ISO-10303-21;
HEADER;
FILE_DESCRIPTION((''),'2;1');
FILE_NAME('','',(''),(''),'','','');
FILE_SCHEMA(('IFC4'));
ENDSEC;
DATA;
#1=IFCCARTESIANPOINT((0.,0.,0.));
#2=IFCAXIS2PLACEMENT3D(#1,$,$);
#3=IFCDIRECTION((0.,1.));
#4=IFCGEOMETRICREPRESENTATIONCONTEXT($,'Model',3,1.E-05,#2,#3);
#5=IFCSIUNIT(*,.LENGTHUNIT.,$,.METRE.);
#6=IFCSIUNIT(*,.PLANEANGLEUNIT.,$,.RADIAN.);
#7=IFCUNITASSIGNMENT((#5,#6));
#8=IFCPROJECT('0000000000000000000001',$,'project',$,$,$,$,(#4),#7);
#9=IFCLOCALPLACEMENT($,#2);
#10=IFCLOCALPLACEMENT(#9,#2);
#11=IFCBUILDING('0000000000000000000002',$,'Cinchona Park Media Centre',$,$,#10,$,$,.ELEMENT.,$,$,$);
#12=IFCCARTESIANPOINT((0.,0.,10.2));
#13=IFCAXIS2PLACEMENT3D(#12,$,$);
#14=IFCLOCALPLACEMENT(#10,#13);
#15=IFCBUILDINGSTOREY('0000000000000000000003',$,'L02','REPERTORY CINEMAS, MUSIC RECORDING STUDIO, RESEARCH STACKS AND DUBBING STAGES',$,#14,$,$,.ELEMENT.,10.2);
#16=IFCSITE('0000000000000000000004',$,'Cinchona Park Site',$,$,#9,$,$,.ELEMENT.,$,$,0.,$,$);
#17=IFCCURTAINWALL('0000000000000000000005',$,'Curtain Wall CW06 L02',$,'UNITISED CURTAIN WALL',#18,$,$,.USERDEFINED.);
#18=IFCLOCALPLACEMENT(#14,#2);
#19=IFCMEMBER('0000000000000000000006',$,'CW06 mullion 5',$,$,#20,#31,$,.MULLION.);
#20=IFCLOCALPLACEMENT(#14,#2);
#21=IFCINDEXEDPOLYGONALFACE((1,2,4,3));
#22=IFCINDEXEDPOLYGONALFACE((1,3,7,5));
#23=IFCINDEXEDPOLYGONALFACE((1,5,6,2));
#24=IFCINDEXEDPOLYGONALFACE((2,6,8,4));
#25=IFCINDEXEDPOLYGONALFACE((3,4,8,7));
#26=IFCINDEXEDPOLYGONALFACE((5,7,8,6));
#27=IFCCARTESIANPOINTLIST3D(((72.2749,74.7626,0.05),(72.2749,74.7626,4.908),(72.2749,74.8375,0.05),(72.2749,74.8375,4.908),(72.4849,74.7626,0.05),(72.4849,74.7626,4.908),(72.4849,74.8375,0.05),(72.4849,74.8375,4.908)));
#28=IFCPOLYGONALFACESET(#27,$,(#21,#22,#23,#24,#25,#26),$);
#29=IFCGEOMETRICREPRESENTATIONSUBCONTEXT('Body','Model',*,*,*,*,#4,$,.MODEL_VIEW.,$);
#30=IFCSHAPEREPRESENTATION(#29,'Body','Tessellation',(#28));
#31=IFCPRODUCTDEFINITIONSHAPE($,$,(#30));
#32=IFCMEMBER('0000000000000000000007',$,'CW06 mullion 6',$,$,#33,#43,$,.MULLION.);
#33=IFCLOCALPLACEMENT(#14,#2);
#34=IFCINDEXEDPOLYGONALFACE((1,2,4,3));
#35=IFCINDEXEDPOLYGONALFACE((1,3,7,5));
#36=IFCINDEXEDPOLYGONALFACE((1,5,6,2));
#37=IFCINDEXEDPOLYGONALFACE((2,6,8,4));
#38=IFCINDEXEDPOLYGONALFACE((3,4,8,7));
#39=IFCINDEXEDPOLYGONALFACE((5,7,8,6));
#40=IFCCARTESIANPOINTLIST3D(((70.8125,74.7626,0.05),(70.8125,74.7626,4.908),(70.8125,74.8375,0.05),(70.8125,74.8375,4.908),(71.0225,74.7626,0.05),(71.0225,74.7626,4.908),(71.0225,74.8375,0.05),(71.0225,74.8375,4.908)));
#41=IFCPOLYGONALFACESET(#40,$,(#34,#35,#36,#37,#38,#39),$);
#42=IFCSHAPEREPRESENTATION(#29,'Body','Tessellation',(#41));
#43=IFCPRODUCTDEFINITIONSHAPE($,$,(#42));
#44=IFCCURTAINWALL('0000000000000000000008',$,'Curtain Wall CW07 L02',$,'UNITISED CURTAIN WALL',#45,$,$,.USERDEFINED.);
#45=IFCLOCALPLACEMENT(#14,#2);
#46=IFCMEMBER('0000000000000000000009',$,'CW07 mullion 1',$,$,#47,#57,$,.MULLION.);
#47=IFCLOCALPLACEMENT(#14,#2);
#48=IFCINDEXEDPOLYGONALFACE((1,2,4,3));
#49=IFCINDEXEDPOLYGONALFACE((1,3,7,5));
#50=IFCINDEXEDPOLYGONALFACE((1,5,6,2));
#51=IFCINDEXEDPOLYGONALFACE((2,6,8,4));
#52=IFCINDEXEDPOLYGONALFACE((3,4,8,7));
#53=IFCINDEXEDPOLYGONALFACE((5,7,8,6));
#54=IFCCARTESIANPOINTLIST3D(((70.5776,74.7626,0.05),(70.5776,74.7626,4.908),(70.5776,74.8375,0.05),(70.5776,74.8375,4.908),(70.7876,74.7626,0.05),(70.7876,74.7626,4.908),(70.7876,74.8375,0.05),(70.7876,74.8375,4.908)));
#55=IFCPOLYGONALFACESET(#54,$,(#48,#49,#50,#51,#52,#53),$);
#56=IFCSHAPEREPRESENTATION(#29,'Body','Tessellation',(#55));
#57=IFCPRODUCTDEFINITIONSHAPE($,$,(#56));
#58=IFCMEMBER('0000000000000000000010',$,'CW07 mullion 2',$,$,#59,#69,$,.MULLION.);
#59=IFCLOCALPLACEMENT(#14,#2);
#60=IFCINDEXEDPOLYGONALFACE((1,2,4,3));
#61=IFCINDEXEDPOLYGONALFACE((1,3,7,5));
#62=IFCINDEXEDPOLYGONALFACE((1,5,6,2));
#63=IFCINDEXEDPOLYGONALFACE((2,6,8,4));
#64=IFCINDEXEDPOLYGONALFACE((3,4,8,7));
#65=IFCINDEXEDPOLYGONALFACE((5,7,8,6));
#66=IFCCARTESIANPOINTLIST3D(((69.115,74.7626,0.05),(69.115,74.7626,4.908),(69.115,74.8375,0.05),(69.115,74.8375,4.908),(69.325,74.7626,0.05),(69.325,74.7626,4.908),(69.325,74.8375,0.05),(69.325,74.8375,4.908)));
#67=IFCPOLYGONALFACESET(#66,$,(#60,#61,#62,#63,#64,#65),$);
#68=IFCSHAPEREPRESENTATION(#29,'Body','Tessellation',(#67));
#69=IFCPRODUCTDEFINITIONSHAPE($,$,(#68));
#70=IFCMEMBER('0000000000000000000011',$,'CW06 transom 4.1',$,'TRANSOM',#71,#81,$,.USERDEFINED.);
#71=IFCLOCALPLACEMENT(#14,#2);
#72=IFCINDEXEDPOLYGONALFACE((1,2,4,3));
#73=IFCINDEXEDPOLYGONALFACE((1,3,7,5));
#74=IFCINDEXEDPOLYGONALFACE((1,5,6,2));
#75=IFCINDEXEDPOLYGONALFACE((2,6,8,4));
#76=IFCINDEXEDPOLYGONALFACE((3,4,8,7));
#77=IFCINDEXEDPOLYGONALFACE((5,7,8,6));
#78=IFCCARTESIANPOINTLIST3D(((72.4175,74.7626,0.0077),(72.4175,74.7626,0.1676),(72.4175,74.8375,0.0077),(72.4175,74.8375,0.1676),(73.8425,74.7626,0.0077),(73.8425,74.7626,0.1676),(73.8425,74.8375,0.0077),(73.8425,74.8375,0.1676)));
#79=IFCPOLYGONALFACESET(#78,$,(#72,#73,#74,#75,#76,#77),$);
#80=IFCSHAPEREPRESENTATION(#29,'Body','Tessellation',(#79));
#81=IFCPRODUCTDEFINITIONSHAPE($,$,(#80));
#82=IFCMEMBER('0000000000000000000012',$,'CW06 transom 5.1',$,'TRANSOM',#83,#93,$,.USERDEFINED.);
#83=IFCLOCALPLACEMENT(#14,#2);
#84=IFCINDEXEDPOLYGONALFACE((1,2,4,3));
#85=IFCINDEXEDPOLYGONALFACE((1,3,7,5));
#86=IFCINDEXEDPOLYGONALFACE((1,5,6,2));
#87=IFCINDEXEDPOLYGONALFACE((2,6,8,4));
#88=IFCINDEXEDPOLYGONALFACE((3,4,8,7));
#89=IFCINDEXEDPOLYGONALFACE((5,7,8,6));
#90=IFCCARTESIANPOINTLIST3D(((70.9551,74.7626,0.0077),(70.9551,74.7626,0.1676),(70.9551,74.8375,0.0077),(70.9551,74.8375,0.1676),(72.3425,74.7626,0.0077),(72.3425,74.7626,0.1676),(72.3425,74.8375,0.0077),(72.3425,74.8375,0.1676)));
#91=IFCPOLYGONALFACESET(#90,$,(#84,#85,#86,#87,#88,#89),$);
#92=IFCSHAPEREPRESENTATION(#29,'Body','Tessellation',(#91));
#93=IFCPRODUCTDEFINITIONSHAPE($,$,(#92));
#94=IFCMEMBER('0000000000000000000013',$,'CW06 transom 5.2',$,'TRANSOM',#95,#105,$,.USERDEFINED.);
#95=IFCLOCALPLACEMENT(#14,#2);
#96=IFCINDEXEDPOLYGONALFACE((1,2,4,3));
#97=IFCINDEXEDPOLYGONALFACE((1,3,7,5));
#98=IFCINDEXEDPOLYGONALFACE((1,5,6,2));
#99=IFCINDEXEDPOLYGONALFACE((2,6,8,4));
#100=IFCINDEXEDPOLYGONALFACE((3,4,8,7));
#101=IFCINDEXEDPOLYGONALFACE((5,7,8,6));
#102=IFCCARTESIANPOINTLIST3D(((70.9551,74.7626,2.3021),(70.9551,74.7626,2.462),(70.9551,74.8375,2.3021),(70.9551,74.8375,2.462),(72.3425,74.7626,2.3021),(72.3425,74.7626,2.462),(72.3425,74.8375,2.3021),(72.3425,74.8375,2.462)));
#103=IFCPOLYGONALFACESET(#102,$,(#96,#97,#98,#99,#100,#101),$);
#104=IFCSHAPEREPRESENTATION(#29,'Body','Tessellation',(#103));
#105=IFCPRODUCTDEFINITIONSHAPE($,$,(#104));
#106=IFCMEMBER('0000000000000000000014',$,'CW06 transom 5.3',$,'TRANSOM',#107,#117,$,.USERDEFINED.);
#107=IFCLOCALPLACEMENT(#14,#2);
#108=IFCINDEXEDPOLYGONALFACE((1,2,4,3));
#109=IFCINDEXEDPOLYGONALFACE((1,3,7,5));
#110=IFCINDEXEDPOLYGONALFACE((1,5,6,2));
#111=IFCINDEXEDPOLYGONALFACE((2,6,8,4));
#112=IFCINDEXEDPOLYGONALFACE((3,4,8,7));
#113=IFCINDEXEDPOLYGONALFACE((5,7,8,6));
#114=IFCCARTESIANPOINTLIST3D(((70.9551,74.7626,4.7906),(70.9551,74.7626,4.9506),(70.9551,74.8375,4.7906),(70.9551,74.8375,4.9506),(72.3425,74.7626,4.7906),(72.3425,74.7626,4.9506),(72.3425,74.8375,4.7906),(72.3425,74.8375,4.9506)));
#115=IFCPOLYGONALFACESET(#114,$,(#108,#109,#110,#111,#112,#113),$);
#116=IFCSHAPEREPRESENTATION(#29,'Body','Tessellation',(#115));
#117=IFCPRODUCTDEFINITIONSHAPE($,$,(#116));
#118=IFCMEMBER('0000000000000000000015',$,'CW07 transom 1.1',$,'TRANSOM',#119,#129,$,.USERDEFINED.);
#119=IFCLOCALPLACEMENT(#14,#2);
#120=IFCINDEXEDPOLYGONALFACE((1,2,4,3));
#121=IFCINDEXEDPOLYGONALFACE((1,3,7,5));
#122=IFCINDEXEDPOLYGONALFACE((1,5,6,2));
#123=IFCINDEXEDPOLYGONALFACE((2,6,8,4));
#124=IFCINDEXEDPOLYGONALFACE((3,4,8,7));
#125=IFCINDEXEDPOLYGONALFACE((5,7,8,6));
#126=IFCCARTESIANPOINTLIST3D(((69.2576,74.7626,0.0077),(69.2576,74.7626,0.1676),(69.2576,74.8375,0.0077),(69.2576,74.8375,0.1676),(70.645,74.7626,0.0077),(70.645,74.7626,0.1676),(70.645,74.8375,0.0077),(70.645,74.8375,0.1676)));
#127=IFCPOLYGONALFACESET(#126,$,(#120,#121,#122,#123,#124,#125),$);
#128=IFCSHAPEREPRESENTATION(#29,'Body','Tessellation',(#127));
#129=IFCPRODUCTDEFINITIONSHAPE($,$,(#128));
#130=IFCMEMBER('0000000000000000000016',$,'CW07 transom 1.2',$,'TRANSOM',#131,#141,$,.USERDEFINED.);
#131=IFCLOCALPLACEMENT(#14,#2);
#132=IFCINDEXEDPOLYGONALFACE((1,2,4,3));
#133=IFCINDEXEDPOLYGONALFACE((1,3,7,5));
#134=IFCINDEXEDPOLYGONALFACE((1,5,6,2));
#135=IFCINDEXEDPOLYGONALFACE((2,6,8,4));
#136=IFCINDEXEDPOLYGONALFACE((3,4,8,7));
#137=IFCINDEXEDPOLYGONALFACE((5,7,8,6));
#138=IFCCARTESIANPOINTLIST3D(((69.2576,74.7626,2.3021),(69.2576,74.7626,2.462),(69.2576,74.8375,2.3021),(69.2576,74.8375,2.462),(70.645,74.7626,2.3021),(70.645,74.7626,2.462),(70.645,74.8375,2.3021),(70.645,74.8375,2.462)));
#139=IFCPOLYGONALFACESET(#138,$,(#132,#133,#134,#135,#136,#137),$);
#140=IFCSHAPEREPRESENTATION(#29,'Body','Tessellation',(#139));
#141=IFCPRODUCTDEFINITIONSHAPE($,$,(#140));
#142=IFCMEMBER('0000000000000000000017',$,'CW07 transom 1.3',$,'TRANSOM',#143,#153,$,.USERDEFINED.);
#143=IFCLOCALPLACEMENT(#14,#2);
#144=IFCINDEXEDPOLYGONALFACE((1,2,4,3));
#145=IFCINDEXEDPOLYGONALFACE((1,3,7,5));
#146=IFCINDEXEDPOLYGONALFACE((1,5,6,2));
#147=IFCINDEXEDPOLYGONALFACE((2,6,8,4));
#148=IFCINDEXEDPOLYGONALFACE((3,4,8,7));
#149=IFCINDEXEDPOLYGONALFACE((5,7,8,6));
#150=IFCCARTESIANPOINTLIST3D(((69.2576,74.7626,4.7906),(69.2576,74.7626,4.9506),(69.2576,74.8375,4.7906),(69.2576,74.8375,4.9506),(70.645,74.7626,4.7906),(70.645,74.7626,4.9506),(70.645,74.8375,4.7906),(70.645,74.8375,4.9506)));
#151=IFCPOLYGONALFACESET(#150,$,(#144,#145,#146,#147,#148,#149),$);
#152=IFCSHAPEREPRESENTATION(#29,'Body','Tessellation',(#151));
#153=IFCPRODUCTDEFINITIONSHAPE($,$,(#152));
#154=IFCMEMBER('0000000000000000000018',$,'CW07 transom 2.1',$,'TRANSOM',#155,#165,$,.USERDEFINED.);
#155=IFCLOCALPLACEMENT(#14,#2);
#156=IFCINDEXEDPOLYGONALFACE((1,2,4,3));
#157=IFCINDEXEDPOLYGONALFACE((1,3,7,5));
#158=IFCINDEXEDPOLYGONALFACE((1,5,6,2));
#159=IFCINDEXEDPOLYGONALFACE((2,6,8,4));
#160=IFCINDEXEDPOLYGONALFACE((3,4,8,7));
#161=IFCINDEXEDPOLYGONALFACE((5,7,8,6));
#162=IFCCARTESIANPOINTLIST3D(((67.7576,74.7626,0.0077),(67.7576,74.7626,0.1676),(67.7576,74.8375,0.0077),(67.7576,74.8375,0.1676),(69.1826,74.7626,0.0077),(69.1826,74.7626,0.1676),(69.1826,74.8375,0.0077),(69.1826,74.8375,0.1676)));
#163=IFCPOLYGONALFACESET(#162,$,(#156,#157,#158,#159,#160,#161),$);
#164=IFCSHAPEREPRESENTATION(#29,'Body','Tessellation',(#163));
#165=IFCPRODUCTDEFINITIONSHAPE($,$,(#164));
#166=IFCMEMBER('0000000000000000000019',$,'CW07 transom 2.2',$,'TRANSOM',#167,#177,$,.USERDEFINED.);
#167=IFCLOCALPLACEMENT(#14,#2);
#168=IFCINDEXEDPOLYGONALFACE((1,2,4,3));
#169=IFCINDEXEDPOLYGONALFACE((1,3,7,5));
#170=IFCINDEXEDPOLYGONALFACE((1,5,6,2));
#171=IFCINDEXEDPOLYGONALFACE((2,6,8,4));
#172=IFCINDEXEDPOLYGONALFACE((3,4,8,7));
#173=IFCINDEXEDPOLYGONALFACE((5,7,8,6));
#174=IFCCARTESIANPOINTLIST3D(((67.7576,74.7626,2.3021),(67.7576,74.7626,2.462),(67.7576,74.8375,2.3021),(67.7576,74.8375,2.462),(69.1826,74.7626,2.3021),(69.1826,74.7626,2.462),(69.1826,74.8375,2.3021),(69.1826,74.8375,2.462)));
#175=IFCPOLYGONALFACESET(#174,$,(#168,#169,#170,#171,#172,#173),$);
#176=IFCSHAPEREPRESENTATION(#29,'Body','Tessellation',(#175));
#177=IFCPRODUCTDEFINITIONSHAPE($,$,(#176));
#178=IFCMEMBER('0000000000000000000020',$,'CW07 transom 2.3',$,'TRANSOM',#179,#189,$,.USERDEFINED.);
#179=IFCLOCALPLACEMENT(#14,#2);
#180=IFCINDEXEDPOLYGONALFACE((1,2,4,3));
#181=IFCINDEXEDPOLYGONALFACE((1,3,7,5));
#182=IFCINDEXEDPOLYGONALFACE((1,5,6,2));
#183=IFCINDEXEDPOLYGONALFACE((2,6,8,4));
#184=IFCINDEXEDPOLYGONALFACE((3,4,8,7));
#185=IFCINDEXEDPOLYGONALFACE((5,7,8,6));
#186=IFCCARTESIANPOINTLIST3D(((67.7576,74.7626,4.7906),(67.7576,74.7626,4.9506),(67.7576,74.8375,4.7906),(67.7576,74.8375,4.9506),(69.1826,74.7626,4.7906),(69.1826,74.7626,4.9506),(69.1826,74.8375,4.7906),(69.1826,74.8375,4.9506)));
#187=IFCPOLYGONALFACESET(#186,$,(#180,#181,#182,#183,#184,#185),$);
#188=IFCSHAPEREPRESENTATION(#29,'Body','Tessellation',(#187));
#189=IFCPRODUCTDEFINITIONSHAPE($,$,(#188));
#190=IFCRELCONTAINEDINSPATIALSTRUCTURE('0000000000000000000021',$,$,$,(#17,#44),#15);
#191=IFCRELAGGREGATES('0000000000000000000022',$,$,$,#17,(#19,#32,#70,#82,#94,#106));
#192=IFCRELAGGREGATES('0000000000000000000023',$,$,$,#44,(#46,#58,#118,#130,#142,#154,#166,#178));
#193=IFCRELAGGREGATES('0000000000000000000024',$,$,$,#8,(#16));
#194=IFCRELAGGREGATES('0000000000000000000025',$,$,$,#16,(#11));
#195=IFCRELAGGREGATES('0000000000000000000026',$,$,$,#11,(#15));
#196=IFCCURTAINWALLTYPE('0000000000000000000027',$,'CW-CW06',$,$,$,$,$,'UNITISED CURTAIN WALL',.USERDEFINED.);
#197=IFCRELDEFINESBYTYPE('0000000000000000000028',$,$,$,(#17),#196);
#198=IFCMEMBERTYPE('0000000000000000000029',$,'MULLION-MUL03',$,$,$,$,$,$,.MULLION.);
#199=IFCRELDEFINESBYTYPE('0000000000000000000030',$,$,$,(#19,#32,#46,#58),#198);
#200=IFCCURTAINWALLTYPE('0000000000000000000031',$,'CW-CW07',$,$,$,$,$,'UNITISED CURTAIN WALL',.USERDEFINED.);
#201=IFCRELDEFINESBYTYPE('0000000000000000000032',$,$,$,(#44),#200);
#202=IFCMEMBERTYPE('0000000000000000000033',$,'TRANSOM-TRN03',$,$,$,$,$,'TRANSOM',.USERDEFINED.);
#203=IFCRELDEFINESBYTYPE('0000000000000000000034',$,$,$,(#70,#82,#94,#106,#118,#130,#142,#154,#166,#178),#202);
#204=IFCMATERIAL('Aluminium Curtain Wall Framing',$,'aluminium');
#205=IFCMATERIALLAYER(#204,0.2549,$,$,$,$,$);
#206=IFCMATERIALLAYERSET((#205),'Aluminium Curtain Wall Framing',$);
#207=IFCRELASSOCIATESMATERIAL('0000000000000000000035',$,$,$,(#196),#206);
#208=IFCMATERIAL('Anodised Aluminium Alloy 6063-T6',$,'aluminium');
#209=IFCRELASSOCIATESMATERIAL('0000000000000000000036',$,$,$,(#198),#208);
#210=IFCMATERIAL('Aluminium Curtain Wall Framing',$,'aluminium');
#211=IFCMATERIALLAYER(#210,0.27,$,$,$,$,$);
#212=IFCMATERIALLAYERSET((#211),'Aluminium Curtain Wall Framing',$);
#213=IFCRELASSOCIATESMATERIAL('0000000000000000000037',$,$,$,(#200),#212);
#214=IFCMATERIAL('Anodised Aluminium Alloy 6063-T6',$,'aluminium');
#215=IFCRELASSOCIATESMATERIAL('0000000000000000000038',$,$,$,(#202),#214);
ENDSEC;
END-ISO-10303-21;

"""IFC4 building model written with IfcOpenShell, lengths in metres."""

from ifc_helpers import new_model, si_unit, direction, frame, origin, origin_2d, place, context, subcontext, project, spatial, rectangle, extrude, material, layer, layer_set, material_profile, profile_set, type_object, element, aggregate, save


model = new_model("IFC4")

# Units and contexts
model_context = context("Model", 3, precision=1e-05, world=origin(), true_north=direction((0.0, 1.0)))
body_context = subcontext(model_context, "Body", "Model", "MODEL_VIEW")
ifc_project = project(units=[si_unit("LENGTHUNIT", "METRE"), si_unit("PLANEANGLEUNIT", "RADIAN")], contexts=[model_context])

# Site, building, storey
site_placement = place(None, origin())
site = spatial("IfcSite", under=ifc_project, at=site_placement, Name="Cinchona Park Site", CompositionType="ELEMENT", RefElevation=0.0)
building_placement = place(site_placement, origin())
building = spatial("IfcBuilding", under=site, at=building_placement, Name="Cinchona Park Media Centre", CompositionType="ELEMENT")
storey_placement = place(building_placement, frame((0.0, 0.0, 10.2)))
storey = spatial("IfcBuildingStorey", under=building, at=storey_placement, Name="L02", Description="REPERTORY CINEMAS, MUSIC RECORDING STUDIO, RESEARCH STACKS AND DUBBING STAGES", CompositionType="ELEMENT", Elevation=10.2)

# Curtain walls, members
ifc_material_1 = material(Name="Aluminium Curtain Wall Framing", Category="aluminium")
ifc_layer_1 = layer(ifc_material_1, 0.2549)
ifc_layer_set_1 = layer_set([ifc_layer_1], Name="Aluminium Curtain Wall Framing")
curtain_wall_type_1 = type_object("IfcCurtainWallType", Name="CW-CW06", ElementType="UNITISED CURTAIN WALL", PredefinedType="USERDEFINED", material=ifc_layer_set_1)
curtain_wall_1_placement = place(storey_placement, origin())
curtain_wall_1 = element("IfcCurtainWall", 1, at=curtain_wall_1_placement, inside=storey, type_object=curtain_wall_type_1, Name="Curtain Wall CW06 L02", ObjectType="UNITISED CURTAIN WALL", PredefinedType="USERDEFINED")
ifc_material_2 = material(Name="Anodised Aluminium Alloy 6063-T6", Category="aluminium")
ifc_material_profile_1 = material_profile(ifc_material_2, rectangle(XDim=0.075, YDim=0.21, at=origin_2d()), Name="MUL-75X210")
ifc_profile_set_1 = profile_set([ifc_material_profile_1], Name="Anodised Aluminium Alloy 6063-T6")
member_type_1 = type_object("IfcMemberType", Name="MULLION-MUL03", PredefinedType="MULLION", material=ifc_profile_set_1)
member_1_placement = place(storey_placement, frame((72.3799, 74.8, 0.05), z_axis=(0.0, 0.0, 1.0), x_axis=(0.0, -1.0, 0.0)))
member_1 = element("IfcMember", 2, at=member_1_placement, type_object=member_type_1, Name="CW06 mullion 5", PredefinedType="MULLION", context=body_context, shape_type="SweptSolid", body=[
    extrude(rectangle(XDim=0.075, YDim=0.21, at=origin_2d()), origin(), (0.0, 0.0, 1.0), 4.8579),
])
member_2_placement = place(storey_placement, frame((70.9175, 74.8, 0.05), z_axis=(0.0, 0.0, 1.0), x_axis=(0.0, -1.0, 0.0)))
member_2 = element("IfcMember", 3, at=member_2_placement, type_object=member_type_1, Name="CW06 mullion 6", PredefinedType="MULLION", context=body_context, shape_type="SweptSolid", body=[
    extrude(rectangle(XDim=0.075, YDim=0.21, at=origin_2d()), origin(), (0.0, 0.0, 1.0), 4.8579),
])
ifc_material_3 = material(Name="Aluminium Curtain Wall Framing", Category="aluminium")
ifc_layer_2 = layer(ifc_material_3, 0.27)
ifc_layer_set_2 = layer_set([ifc_layer_2], Name="Aluminium Curtain Wall Framing")
curtain_wall_type_2 = type_object("IfcCurtainWallType", Name="CW-CW07", ElementType="UNITISED CURTAIN WALL", PredefinedType="USERDEFINED", material=ifc_layer_set_2)
curtain_wall_2_placement = place(storey_placement, origin())
curtain_wall_2 = element("IfcCurtainWall", 4, at=curtain_wall_2_placement, inside=storey, type_object=curtain_wall_type_2, Name="Curtain Wall CW07 L02", ObjectType="UNITISED CURTAIN WALL", PredefinedType="USERDEFINED")
member_3_placement = place(storey_placement, frame((70.6826, 74.8, 0.05), z_axis=(0.0, 0.0, 1.0), x_axis=(0.0, -1.0, 0.0)))
member_3 = element("IfcMember", 5, at=member_3_placement, type_object=member_type_1, Name="CW07 mullion 1", PredefinedType="MULLION", context=body_context, shape_type="SweptSolid", body=[
    extrude(rectangle(XDim=0.075, YDim=0.21, at=origin_2d()), origin(), (0.0, 0.0, 1.0), 4.8579),
])
member_4_placement = place(storey_placement, frame((69.22, 74.8, 0.05), z_axis=(0.0, 0.0, 1.0), x_axis=(0.0, -1.0, 0.0)))
member_4 = element("IfcMember", 6, at=member_4_placement, type_object=member_type_1, Name="CW07 mullion 2", PredefinedType="MULLION", context=body_context, shape_type="SweptSolid", body=[
    extrude(rectangle(XDim=0.075, YDim=0.21, at=origin_2d()), origin(), (0.0, 0.0, 1.0), 4.8579),
])

# Members
ifc_material_4 = material(Name="Anodised Aluminium Alloy 6063-T6", Category="aluminium")
ifc_material_profile_2 = material_profile(ifc_material_4, rectangle(XDim=0.075, YDim=0.1599, at=origin_2d()), Name="TRN-75X160")
ifc_profile_set_2 = profile_set([ifc_material_profile_2], Name="Anodised Aluminium Alloy 6063-T6")
member_type_2 = type_object("IfcMemberType", Name="TRANSOM-TRN03", ElementType="TRANSOM", PredefinedType="USERDEFINED", material=ifc_profile_set_2)
member_5_placement = place(storey_placement, frame((73.8425, 74.8, 0.0876), z_axis=(-1.0, 0.0, 0.0), x_axis=(0.0, -1.0, 0.0)))
member_5 = element("IfcMember", 7, at=member_5_placement, type_object=member_type_2, Name="CW06 transom 4.1", ObjectType="TRANSOM", PredefinedType="USERDEFINED", context=body_context, shape_type="SweptSolid", body=[
    extrude(rectangle(XDim=0.075, YDim=0.1599, at=origin_2d()), origin(), (0.0, 0.0, 1.0), 1.425),
])
member_6_placement = place(storey_placement, frame((72.3425, 74.8, 0.0876), z_axis=(-1.0, 0.0, 0.0), x_axis=(0.0, -1.0, 0.0)))
member_6 = element("IfcMember", 8, at=member_6_placement, type_object=member_type_2, Name="CW06 transom 5.1", ObjectType="TRANSOM", PredefinedType="USERDEFINED", context=body_context, shape_type="SweptSolid", body=[
    extrude(rectangle(XDim=0.075, YDim=0.1599, at=origin_2d()), origin(), (0.0, 0.0, 1.0), 1.3875),
])
member_7_placement = place(storey_placement, frame((72.3425, 74.8, 2.3821), z_axis=(-1.0, 0.0, 0.0), x_axis=(0.0, -1.0, 0.0)))
member_7 = element("IfcMember", 9, at=member_7_placement, type_object=member_type_2, Name="CW06 transom 5.2", ObjectType="TRANSOM", PredefinedType="USERDEFINED", context=body_context, shape_type="SweptSolid", body=[
    extrude(rectangle(XDim=0.075, YDim=0.1599, at=origin_2d()), origin(), (0.0, 0.0, 1.0), 1.3875),
])
member_8_placement = place(storey_placement, frame((72.3425, 74.8, 4.8706), z_axis=(-1.0, 0.0, 0.0), x_axis=(0.0, -1.0, 0.0)))
member_8 = element("IfcMember", 10, at=member_8_placement, type_object=member_type_2, Name="CW06 transom 5.3", ObjectType="TRANSOM", PredefinedType="USERDEFINED", context=body_context, shape_type="SweptSolid", body=[
    extrude(rectangle(XDim=0.075, YDim=0.1599, at=origin_2d()), origin(), (0.0, 0.0, 1.0), 1.3875),
])
member_9_placement = place(storey_placement, frame((70.645, 74.8, 0.0876), z_axis=(-1.0, 0.0, 0.0), x_axis=(0.0, -1.0, 0.0)))
member_9 = element("IfcMember", 11, at=member_9_placement, type_object=member_type_2, Name="CW07 transom 1.1", ObjectType="TRANSOM", PredefinedType="USERDEFINED", context=body_context, shape_type="SweptSolid", body=[
    extrude(rectangle(XDim=0.075, YDim=0.1599, at=origin_2d()), origin(), (0.0, 0.0, 1.0), 1.3875),
])
member_10_placement = place(storey_placement, frame((70.645, 74.8, 2.3821), z_axis=(-1.0, 0.0, 0.0), x_axis=(0.0, -1.0, 0.0)))
member_10 = element("IfcMember", 12, at=member_10_placement, type_object=member_type_2, Name="CW07 transom 1.2", ObjectType="TRANSOM", PredefinedType="USERDEFINED", context=body_context, shape_type="SweptSolid", body=[
    extrude(rectangle(XDim=0.075, YDim=0.1599, at=origin_2d()), origin(), (0.0, 0.0, 1.0), 1.3875),
])
member_11_placement = place(storey_placement, frame((70.645, 74.8, 4.8706), z_axis=(-1.0, 0.0, 0.0), x_axis=(0.0, -1.0, 0.0)))
member_11 = element("IfcMember", 13, at=member_11_placement, type_object=member_type_2, Name="CW07 transom 1.3", ObjectType="TRANSOM", PredefinedType="USERDEFINED", context=body_context, shape_type="SweptSolid", body=[
    extrude(rectangle(XDim=0.075, YDim=0.1599, at=origin_2d()), origin(), (0.0, 0.0, 1.0), 1.3875),
])
member_12_placement = place(storey_placement, frame((69.1826, 74.8, 0.0876), z_axis=(-1.0, 0.0, 0.0), x_axis=(0.0, -1.0, 0.0)))
member_12 = element("IfcMember", 14, at=member_12_placement, type_object=member_type_2, Name="CW07 transom 2.1", ObjectType="TRANSOM", PredefinedType="USERDEFINED", context=body_context, shape_type="SweptSolid", body=[
    extrude(rectangle(XDim=0.075, YDim=0.1599, at=origin_2d()), origin(), (0.0, 0.0, 1.0), 1.425),
])
member_13_placement = place(storey_placement, frame((69.1826, 74.8, 2.3821), z_axis=(-1.0, 0.0, 0.0), x_axis=(0.0, -1.0, 0.0)))
member_13 = element("IfcMember", 15, at=member_13_placement, type_object=member_type_2, Name="CW07 transom 2.2", ObjectType="TRANSOM", PredefinedType="USERDEFINED", context=body_context, shape_type="SweptSolid", body=[
    extrude(rectangle(XDim=0.075, YDim=0.1599, at=origin_2d()), origin(), (0.0, 0.0, 1.0), 1.425),
])
member_14_placement = place(storey_placement, frame((69.1826, 74.8, 4.8706), z_axis=(-1.0, 0.0, 0.0), x_axis=(0.0, -1.0, 0.0)))
member_14 = element("IfcMember", 16, at=member_14_placement, type_object=member_type_2, Name="CW07 transom 2.3", ObjectType="TRANSOM", PredefinedType="USERDEFINED", context=body_context, shape_type="SweptSolid", body=[
    extrude(rectangle(XDim=0.075, YDim=0.1599, at=origin_2d()), origin(), (0.0, 0.0, 1.0), 1.425),
])

aggregate(curtain_wall_1, [member_1, member_2, member_5, member_6, member_7, member_8])
aggregate(curtain_wall_2, [member_3, member_4, member_9, member_10, member_11, member_12, member_13, member_14])

save(model, "model.ifc")
